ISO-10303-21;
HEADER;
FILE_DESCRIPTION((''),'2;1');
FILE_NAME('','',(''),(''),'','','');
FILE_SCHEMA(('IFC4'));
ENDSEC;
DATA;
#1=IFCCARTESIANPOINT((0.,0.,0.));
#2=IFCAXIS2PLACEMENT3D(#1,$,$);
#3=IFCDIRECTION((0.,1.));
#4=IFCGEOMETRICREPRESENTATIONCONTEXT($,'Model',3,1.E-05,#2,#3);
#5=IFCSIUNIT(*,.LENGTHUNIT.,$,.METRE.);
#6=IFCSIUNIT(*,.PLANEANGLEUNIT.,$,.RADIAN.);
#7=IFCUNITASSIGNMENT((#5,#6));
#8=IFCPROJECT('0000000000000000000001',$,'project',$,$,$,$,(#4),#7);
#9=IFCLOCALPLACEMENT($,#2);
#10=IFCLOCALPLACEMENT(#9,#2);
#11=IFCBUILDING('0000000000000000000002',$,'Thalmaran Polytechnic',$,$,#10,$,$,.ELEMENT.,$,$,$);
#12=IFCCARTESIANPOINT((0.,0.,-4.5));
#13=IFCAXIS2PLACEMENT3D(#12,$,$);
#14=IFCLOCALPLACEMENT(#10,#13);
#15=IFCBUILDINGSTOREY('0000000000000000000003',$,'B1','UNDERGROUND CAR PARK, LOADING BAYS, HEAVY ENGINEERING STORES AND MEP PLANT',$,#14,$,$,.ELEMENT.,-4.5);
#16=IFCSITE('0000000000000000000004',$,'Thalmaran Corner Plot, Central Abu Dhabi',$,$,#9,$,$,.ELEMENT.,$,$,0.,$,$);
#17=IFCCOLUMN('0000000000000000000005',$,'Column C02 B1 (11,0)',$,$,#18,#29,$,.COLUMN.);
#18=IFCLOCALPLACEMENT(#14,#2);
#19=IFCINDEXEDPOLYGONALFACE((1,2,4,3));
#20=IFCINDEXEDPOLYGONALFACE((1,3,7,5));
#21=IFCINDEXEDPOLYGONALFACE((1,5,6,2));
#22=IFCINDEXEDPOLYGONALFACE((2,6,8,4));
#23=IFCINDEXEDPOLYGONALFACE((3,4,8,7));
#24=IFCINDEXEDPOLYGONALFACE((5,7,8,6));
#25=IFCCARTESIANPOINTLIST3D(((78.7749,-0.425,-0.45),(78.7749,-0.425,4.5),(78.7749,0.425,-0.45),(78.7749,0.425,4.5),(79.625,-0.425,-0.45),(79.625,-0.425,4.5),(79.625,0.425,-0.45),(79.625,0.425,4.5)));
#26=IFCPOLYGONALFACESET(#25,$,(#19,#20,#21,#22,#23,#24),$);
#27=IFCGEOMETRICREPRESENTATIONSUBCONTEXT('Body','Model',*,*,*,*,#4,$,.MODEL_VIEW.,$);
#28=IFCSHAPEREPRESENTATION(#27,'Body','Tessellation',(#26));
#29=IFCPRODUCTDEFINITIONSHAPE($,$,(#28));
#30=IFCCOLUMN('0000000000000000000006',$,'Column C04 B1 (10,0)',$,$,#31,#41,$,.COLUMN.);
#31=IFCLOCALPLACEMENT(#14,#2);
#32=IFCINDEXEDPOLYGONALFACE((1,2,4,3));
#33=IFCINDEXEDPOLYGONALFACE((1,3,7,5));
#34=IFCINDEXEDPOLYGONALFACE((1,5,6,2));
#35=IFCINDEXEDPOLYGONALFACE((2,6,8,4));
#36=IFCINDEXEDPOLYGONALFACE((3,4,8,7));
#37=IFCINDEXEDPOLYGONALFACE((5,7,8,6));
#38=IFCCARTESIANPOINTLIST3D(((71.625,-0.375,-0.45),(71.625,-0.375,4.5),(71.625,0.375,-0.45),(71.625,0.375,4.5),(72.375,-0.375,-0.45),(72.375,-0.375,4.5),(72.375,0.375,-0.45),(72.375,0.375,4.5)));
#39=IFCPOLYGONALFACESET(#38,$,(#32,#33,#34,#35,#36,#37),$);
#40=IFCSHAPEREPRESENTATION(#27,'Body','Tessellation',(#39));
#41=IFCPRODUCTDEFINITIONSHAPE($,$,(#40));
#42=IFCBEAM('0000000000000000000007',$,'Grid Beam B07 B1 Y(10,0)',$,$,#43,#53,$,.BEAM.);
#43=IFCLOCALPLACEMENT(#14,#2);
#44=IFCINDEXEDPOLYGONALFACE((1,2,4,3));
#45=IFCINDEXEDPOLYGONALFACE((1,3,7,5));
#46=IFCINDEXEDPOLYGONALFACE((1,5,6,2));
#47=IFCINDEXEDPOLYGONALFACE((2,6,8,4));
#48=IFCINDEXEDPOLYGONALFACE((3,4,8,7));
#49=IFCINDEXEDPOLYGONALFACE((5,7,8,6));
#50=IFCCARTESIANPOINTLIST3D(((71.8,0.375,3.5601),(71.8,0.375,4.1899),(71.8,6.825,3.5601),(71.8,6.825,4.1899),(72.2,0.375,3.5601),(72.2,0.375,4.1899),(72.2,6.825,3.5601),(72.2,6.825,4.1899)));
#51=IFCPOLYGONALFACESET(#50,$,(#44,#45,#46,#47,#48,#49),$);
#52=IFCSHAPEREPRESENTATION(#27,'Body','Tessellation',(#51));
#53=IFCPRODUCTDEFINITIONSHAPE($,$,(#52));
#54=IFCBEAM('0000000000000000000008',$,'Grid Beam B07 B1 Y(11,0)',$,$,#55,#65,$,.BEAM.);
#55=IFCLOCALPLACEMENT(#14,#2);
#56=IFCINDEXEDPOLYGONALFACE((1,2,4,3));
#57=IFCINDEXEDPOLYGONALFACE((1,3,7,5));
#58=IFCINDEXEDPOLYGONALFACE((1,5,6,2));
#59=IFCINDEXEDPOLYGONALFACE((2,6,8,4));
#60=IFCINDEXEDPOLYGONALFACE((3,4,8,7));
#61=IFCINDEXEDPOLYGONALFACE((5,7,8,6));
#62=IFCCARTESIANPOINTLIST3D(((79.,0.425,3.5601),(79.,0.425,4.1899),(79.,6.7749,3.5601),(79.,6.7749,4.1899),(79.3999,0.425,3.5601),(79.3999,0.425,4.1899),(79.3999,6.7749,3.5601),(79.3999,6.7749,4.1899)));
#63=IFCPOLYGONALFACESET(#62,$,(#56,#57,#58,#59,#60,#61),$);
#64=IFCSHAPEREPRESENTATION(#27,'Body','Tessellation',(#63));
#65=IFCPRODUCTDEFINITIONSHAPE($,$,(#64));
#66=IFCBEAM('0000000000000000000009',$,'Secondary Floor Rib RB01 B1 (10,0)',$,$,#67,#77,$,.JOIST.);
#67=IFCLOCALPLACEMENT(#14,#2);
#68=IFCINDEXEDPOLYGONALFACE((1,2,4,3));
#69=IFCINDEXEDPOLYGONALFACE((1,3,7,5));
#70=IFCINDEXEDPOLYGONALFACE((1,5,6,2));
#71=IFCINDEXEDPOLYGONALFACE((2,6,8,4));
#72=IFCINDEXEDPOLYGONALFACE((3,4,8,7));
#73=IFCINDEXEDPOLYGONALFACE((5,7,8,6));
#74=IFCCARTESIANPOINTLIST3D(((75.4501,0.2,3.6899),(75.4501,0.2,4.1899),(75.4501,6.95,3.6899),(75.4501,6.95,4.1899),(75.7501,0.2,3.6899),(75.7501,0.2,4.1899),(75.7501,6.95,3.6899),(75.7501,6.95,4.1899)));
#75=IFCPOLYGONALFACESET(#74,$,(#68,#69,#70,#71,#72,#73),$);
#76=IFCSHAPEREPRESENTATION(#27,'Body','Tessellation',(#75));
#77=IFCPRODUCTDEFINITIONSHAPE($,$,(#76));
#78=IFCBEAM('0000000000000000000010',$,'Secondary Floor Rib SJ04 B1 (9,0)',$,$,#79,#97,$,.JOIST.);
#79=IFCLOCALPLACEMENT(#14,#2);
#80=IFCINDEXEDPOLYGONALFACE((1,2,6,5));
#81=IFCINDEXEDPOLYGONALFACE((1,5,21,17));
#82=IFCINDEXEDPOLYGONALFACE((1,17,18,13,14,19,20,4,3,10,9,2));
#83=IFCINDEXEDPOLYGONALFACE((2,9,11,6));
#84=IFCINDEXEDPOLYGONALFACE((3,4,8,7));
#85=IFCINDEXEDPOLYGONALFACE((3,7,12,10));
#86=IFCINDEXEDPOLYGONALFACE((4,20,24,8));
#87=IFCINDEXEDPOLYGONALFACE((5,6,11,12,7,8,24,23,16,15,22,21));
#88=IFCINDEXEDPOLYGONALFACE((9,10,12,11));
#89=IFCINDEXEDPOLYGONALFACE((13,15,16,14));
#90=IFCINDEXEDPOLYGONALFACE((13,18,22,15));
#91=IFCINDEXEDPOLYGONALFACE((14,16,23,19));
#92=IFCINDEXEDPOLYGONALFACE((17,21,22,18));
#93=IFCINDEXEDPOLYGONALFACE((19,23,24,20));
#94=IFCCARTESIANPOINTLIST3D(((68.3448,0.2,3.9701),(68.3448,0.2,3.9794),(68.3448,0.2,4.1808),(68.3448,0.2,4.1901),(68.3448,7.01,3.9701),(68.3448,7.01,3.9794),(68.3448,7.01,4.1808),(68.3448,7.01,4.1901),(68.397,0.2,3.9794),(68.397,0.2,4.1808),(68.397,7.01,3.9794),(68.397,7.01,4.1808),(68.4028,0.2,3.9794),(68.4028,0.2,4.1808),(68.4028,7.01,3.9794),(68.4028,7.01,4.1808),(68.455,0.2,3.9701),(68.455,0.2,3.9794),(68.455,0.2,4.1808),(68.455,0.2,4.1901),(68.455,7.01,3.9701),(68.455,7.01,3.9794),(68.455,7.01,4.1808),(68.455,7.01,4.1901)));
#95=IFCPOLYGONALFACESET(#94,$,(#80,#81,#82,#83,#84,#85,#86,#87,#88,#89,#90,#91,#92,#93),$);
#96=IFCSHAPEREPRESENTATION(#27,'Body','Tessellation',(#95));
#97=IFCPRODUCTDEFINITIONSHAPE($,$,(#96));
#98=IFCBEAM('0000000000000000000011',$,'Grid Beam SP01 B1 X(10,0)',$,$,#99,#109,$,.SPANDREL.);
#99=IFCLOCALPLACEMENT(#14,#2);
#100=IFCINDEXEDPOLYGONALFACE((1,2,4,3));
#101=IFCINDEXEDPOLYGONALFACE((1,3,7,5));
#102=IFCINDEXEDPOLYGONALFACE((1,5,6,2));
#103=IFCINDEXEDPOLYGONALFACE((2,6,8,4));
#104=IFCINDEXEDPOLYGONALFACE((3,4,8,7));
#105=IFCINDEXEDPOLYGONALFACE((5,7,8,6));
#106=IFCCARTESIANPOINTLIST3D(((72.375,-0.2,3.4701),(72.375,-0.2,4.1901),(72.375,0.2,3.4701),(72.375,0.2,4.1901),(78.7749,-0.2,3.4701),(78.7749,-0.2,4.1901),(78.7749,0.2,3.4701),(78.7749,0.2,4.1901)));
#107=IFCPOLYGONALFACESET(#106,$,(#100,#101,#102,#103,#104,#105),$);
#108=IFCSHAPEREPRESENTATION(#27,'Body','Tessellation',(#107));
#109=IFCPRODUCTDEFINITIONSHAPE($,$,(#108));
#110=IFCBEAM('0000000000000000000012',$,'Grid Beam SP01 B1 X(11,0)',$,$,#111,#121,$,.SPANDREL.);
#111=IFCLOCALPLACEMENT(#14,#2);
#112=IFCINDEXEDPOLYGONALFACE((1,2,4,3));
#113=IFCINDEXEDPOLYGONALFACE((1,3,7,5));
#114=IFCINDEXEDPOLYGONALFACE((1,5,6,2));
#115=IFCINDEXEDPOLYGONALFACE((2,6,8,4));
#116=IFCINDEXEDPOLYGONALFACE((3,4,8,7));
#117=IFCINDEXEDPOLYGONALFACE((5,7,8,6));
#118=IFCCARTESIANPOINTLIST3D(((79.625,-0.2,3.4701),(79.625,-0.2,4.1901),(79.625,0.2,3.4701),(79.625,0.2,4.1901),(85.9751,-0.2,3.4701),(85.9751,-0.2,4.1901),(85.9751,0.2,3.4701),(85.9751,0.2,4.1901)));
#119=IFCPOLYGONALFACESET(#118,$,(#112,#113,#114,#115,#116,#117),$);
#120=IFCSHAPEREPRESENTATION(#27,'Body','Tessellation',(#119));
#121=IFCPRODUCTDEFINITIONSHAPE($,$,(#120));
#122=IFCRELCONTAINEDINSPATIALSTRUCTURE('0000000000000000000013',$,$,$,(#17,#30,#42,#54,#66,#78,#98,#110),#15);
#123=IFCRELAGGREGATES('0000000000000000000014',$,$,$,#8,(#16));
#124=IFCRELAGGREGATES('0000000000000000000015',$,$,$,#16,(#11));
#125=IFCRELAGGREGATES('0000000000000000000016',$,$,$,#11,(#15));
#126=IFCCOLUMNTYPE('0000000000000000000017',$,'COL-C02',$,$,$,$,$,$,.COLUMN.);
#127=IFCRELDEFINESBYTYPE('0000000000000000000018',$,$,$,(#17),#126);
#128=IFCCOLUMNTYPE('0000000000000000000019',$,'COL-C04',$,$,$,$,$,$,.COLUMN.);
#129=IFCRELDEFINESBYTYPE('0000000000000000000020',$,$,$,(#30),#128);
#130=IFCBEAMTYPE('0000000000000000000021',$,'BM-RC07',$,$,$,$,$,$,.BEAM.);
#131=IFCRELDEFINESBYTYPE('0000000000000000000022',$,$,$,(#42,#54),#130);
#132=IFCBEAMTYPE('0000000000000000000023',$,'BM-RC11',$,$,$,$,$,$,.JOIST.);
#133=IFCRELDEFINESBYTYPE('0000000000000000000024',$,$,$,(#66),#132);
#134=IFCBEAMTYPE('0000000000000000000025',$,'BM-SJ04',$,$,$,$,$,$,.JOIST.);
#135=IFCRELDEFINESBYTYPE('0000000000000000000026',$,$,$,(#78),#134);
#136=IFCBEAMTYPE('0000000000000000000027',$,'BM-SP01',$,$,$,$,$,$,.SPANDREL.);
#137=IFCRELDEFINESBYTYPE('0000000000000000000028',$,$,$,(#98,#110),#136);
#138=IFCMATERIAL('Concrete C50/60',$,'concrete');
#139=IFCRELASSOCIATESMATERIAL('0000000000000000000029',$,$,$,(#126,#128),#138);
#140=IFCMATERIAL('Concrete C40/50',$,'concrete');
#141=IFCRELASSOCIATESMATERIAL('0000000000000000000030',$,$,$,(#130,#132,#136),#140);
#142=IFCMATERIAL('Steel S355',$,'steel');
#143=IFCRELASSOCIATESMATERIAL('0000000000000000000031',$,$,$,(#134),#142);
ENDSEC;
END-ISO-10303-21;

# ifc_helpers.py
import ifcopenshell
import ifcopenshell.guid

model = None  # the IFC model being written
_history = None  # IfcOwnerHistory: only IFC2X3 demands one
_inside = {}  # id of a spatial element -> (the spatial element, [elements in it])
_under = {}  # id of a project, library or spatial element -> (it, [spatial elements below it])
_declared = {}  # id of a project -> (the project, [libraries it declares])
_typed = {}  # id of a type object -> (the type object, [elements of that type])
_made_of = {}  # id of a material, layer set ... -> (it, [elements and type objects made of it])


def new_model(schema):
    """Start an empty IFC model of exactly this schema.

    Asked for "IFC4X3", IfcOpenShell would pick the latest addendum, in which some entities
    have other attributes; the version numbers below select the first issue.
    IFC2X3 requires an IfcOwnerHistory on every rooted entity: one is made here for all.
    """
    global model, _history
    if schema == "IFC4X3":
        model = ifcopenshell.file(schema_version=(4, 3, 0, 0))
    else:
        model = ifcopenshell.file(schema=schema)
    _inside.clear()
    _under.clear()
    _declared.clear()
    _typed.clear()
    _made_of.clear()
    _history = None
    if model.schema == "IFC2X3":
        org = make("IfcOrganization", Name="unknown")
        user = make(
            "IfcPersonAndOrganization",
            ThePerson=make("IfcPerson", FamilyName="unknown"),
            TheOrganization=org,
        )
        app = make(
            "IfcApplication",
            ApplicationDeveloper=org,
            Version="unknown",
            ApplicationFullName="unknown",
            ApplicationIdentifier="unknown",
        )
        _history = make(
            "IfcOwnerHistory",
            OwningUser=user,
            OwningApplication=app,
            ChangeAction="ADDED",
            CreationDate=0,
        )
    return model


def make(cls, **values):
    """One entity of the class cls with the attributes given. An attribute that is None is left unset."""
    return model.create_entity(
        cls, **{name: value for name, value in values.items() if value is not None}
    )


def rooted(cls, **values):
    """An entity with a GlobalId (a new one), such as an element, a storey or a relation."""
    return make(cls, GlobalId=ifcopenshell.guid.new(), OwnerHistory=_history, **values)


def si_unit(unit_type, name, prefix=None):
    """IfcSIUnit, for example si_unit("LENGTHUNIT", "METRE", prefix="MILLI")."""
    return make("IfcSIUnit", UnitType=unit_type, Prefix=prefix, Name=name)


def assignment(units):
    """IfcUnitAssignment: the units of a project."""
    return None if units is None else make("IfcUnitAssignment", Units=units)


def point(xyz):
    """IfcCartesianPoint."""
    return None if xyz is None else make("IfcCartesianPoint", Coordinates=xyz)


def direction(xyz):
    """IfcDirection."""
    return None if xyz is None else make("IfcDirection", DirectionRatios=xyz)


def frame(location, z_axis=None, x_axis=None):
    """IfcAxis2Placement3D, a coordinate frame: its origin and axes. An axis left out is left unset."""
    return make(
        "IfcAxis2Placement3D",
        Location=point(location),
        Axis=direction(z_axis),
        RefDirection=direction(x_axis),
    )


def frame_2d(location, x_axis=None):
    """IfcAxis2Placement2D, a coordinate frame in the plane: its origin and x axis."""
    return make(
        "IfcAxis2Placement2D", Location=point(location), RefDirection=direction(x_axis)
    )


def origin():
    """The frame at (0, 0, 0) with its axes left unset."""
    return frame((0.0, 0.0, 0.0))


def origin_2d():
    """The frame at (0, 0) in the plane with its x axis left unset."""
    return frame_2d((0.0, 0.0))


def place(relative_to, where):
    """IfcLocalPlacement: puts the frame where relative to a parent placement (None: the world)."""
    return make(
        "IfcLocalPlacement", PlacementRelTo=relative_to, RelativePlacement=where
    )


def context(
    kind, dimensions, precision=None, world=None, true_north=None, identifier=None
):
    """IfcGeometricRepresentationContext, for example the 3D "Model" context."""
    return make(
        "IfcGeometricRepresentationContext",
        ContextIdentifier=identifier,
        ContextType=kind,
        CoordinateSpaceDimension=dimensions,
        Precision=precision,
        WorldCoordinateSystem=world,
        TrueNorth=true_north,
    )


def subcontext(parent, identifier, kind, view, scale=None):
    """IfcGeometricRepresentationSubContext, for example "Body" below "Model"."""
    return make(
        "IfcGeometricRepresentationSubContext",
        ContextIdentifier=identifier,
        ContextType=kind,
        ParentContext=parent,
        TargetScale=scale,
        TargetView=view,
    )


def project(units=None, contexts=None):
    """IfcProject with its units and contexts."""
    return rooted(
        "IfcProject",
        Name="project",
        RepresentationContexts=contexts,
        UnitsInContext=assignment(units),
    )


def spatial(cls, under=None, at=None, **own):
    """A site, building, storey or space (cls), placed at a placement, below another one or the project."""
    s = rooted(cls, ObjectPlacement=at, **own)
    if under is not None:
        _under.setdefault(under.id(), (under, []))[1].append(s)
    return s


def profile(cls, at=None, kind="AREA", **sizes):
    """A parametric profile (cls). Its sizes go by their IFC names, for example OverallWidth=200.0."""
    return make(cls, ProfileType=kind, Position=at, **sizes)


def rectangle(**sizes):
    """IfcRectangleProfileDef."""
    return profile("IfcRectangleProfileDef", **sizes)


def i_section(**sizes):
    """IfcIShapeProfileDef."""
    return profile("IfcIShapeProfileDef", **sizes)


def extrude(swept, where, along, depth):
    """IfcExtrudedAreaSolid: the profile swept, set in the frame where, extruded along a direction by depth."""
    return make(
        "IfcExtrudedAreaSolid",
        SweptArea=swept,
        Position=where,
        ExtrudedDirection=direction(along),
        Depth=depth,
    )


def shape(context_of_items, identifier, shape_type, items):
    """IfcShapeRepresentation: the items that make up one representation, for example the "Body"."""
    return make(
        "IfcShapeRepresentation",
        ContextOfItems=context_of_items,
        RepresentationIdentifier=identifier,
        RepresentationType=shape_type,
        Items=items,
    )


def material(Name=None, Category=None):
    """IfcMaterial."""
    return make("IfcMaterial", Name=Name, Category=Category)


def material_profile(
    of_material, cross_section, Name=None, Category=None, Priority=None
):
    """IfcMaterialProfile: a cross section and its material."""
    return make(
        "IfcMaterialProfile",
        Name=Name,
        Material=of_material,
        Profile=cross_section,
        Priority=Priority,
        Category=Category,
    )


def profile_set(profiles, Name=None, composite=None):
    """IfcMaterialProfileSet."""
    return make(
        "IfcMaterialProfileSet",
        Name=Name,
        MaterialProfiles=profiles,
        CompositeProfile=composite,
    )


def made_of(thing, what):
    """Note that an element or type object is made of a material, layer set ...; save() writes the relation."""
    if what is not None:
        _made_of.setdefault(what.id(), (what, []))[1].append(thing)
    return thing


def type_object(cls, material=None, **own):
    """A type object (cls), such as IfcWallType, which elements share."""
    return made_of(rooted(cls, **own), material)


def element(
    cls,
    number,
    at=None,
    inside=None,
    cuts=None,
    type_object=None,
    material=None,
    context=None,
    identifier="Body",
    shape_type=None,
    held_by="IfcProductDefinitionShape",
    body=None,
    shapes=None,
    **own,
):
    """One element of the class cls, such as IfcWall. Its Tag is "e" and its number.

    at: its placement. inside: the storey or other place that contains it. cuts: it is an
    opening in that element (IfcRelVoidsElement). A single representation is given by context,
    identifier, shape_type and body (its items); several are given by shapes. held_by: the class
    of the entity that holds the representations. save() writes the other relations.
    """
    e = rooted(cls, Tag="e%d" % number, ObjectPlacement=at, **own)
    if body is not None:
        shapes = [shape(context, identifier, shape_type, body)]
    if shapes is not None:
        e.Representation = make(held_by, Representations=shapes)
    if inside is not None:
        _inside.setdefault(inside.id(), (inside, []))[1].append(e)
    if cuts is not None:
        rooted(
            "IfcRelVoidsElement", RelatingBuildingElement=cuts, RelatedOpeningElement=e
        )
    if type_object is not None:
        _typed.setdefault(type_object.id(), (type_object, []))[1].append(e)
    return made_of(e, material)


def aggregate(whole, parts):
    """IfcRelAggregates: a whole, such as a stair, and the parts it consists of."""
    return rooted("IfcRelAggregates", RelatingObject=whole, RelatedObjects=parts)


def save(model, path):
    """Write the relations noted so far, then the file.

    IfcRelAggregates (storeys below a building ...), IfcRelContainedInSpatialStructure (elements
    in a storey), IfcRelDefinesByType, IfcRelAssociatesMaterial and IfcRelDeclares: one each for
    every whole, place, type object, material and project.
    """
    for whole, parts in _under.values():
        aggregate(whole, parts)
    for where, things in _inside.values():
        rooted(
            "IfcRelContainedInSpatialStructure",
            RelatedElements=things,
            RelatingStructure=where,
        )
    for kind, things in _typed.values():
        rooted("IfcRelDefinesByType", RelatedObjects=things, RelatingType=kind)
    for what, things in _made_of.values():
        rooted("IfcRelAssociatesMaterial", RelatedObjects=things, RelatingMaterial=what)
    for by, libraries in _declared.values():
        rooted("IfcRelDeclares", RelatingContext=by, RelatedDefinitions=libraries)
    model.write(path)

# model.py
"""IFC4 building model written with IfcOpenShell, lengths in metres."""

from ifc_helpers import new_model, si_unit, direction, frame, origin, origin_2d, place, context, subcontext, project, spatial, rectangle, i_section, extrude, material, material_profile, profile_set, type_object, element, save


model = new_model("IFC4")

# Units and contexts
model_context = context("Model", 3, precision=1e-05, world=origin(), true_north=direction((0.0, 1.0)))
body_context = subcontext(model_context, "Body", "Model", "MODEL_VIEW")
ifc_project = project(units=[si_unit("LENGTHUNIT", "METRE"), si_unit("PLANEANGLEUNIT", "RADIAN")], contexts=[model_context])

# Site, building, storey
site_placement = place(None, origin())
site = spatial("IfcSite", under=ifc_project, at=site_placement, Name="Thalmaran Corner Plot, Central Abu Dhabi", CompositionType="ELEMENT", RefElevation=0.0)
building_placement = place(site_placement, origin())
building = spatial("IfcBuilding", under=site, at=building_placement, Name="Thalmaran Polytechnic", CompositionType="ELEMENT")
storey_placement = place(building_placement, frame((0.0, 0.0, -4.5)))
storey = spatial("IfcBuildingStorey", under=building, at=storey_placement, Name="B1", Description="UNDERGROUND CAR PARK, LOADING BAYS, HEAVY ENGINEERING STORES AND MEP PLANT", CompositionType="ELEMENT", Elevation=-4.5)

# Shared definitions
ifc_material_1 = material(Name="Concrete C40/50", Category="concrete")

# Columns
ifc_material_2 = material(Name="Concrete C50/60", Category="concrete")
ifc_material_profile_1 = material_profile(ifc_material_2, rectangle(XDim=0.8501, YDim=0.8501, at=origin_2d()), Name="RC 850x850")
ifc_profile_set_1 = profile_set([ifc_material_profile_1], Name="Concrete C50/60")
column_type_1 = type_object("IfcColumnType", Name="COL-C02", PredefinedType="COLUMN", material=ifc_profile_set_1)
column_1_placement = place(storey_placement, frame((79.2, 0.0, -0.45), z_axis=(0.0, 0.0, 1.0), x_axis=(1.0, 0.0, 0.0)))
element("IfcColumn", 1, at=column_1_placement, inside=storey, type_object=column_type_1, Name="Column C02 B1 (11,0)", PredefinedType="COLUMN", context=body_context, shape_type="SweptSolid", body=[
    extrude(rectangle(XDim=0.8501, YDim=0.8501, at=origin_2d()), origin(), (0.0, 0.0, 1.0), 4.95),
])
ifc_material_profile_2 = material_profile(ifc_material_2, rectangle(XDim=0.75, YDim=0.75, at=origin_2d()), Name="RC 750x750")
ifc_profile_set_2 = profile_set([ifc_material_profile_2], Name="Concrete C50/60")
column_type_2 = type_object("IfcColumnType", Name="COL-C04", PredefinedType="COLUMN", material=ifc_profile_set_2)
column_2_placement = place(storey_placement, frame((72.0, 0.0, -0.45), z_axis=(0.0, 0.0, 1.0), x_axis=(1.0, 0.0, 0.0)))
element("IfcColumn", 2, at=column_2_placement, inside=storey, type_object=column_type_2, Name="Column C04 B1 (10,0)", PredefinedType="COLUMN", context=body_context, shape_type="SweptSolid", body=[
    extrude(rectangle(XDim=0.75, YDim=0.75, at=origin_2d()), origin(), (0.0, 0.0, 1.0), 4.95),
])

# Beams
ifc_material_profile_3 = material_profile(ifc_material_1, rectangle(XDim=0.3999, YDim=0.6299, at=origin_2d()), Name="RC 400x630")
ifc_profile_set_3 = profile_set([ifc_material_profile_3], Name="Concrete C40/50")
beam_type_1 = type_object("IfcBeamType", Name="BM-RC07", PredefinedType="BEAM", material=ifc_profile_set_3)
beam_1_placement = place(storey_placement, frame((72.0, 0.375, 3.875), z_axis=(0.0, 1.0, 0.0), x_axis=(-1.0, 0.0, 0.0)))
element("IfcBeam", 3, at=beam_1_placement, inside=storey, type_object=beam_type_1, Name="Grid Beam B07 B1 Y(10,0)", PredefinedType="BEAM", context=body_context, shape_type="SweptSolid", body=[
    extrude(rectangle(XDim=0.3999, YDim=0.6299, at=origin_2d()), origin(), (0.0, 0.0, 1.0), 6.45),
])
beam_2_placement = place(storey_placement, frame((79.2, 0.425, 3.875), z_axis=(0.0, 1.0, 0.0), x_axis=(-1.0, 0.0, 0.0)))
element("IfcBeam", 4, at=beam_2_placement, inside=storey, type_object=beam_type_1, Name="Grid Beam B07 B1 Y(11,0)", PredefinedType="BEAM", context=body_context, shape_type="SweptSolid", body=[
    extrude(rectangle(XDim=0.3999, YDim=0.6299, at=origin_2d()), origin(), (0.0, 0.0, 1.0), 6.3499),
])
ifc_material_profile_4 = material_profile(ifc_material_1, rectangle(XDim=0.3, YDim=0.5, at=origin_2d()), Name="RC 300x500")
ifc_profile_set_4 = profile_set([ifc_material_profile_4], Name="Concrete C40/50")
beam_type_2 = type_object("IfcBeamType", Name="BM-RC11", PredefinedType="JOIST", material=ifc_profile_set_4)
beam_3_placement = place(storey_placement, frame((75.6001, 0.2, 3.9399), z_axis=(0.0, 1.0, 0.0), x_axis=(-1.0, 0.0, 0.0)))
element("IfcBeam", 5, at=beam_3_placement, inside=storey, type_object=beam_type_2, Name="Secondary Floor Rib RB01 B1 (10,0)", PredefinedType="JOIST", context=body_context, shape_type="SweptSolid", body=[
    extrude(rectangle(XDim=0.3, YDim=0.5, at=origin_2d()), origin(), (0.0, 0.0, 1.0), 6.75),
])
ifc_material_3 = material(Name="Steel S355", Category="steel")
ifc_material_profile_5 = material_profile(ifc_material_3, i_section(OverallWidth=0.1101, OverallDepth=0.22, WebThickness=0.0059, FlangeThickness=0.0093, at=origin_2d()), Name="IPE 220")
ifc_profile_set_5 = profile_set([ifc_material_profile_5], Name="Steel S355")
beam_type_3 = type_object("IfcBeamType", Name="BM-SJ04", PredefinedType="JOIST", material=ifc_profile_set_5)
beam_4_placement = place(storey_placement, frame((68.3999, 0.2, 4.0801), z_axis=(0.0, 1.0, 0.0), x_axis=(-1.0, 0.0, 0.0)))
element("IfcBeam", 6, at=beam_4_placement, inside=storey, type_object=beam_type_3, Name="Secondary Floor Rib SJ04 B1 (9,0)", PredefinedType="JOIST", context=body_context, shape_type="SweptSolid", body=[
    extrude(i_section(OverallWidth=0.1101, OverallDepth=0.22, WebThickness=0.0059, FlangeThickness=0.0093, at=origin_2d()), origin(), (0.0, 0.0, 1.0), 6.8101),
])
ifc_material_profile_6 = material_profile(ifc_material_1, rectangle(XDim=0.3999, YDim=0.72, at=origin_2d()), Name="RC 400x720")
ifc_profile_set_6 = profile_set([ifc_material_profile_6], Name="Concrete C40/50")
beam_type_4 = type_object("IfcBeamType", Name="BM-SP01", PredefinedType="SPANDREL", material=ifc_profile_set_6)
beam_5_placement = place(storey_placement, frame((72.375, 0.0, 3.8301), z_axis=(1.0, 0.0, 0.0), x_axis=(0.0, 1.0, 0.0)))
element("IfcBeam", 7, at=beam_5_placement, inside=storey, type_object=beam_type_4, Name="Grid Beam SP01 B1 X(10,0)", PredefinedType="SPANDREL", context=body_context, shape_type="SweptSolid", body=[
    extrude(rectangle(XDim=0.3999, YDim=0.72, at=origin_2d()), origin(), (0.0, 0.0, 1.0), 6.3999),
])
beam_6_placement = place(storey_placement, frame((79.625, 0.0, 3.8301), z_axis=(1.0, 0.0, 0.0), x_axis=(0.0, 1.0, 0.0)))
element("IfcBeam", 8, at=beam_6_placement, inside=storey, type_object=beam_type_4, Name="Grid Beam SP01 B1 X(11,0)", PredefinedType="SPANDREL", context=body_context, shape_type="SweptSolid", body=[
    extrude(rectangle(XDim=0.3999, YDim=0.72, at=origin_2d()), origin(), (0.0, 0.0, 1.0), 6.3501),
])

save(model, "model.ifc")
